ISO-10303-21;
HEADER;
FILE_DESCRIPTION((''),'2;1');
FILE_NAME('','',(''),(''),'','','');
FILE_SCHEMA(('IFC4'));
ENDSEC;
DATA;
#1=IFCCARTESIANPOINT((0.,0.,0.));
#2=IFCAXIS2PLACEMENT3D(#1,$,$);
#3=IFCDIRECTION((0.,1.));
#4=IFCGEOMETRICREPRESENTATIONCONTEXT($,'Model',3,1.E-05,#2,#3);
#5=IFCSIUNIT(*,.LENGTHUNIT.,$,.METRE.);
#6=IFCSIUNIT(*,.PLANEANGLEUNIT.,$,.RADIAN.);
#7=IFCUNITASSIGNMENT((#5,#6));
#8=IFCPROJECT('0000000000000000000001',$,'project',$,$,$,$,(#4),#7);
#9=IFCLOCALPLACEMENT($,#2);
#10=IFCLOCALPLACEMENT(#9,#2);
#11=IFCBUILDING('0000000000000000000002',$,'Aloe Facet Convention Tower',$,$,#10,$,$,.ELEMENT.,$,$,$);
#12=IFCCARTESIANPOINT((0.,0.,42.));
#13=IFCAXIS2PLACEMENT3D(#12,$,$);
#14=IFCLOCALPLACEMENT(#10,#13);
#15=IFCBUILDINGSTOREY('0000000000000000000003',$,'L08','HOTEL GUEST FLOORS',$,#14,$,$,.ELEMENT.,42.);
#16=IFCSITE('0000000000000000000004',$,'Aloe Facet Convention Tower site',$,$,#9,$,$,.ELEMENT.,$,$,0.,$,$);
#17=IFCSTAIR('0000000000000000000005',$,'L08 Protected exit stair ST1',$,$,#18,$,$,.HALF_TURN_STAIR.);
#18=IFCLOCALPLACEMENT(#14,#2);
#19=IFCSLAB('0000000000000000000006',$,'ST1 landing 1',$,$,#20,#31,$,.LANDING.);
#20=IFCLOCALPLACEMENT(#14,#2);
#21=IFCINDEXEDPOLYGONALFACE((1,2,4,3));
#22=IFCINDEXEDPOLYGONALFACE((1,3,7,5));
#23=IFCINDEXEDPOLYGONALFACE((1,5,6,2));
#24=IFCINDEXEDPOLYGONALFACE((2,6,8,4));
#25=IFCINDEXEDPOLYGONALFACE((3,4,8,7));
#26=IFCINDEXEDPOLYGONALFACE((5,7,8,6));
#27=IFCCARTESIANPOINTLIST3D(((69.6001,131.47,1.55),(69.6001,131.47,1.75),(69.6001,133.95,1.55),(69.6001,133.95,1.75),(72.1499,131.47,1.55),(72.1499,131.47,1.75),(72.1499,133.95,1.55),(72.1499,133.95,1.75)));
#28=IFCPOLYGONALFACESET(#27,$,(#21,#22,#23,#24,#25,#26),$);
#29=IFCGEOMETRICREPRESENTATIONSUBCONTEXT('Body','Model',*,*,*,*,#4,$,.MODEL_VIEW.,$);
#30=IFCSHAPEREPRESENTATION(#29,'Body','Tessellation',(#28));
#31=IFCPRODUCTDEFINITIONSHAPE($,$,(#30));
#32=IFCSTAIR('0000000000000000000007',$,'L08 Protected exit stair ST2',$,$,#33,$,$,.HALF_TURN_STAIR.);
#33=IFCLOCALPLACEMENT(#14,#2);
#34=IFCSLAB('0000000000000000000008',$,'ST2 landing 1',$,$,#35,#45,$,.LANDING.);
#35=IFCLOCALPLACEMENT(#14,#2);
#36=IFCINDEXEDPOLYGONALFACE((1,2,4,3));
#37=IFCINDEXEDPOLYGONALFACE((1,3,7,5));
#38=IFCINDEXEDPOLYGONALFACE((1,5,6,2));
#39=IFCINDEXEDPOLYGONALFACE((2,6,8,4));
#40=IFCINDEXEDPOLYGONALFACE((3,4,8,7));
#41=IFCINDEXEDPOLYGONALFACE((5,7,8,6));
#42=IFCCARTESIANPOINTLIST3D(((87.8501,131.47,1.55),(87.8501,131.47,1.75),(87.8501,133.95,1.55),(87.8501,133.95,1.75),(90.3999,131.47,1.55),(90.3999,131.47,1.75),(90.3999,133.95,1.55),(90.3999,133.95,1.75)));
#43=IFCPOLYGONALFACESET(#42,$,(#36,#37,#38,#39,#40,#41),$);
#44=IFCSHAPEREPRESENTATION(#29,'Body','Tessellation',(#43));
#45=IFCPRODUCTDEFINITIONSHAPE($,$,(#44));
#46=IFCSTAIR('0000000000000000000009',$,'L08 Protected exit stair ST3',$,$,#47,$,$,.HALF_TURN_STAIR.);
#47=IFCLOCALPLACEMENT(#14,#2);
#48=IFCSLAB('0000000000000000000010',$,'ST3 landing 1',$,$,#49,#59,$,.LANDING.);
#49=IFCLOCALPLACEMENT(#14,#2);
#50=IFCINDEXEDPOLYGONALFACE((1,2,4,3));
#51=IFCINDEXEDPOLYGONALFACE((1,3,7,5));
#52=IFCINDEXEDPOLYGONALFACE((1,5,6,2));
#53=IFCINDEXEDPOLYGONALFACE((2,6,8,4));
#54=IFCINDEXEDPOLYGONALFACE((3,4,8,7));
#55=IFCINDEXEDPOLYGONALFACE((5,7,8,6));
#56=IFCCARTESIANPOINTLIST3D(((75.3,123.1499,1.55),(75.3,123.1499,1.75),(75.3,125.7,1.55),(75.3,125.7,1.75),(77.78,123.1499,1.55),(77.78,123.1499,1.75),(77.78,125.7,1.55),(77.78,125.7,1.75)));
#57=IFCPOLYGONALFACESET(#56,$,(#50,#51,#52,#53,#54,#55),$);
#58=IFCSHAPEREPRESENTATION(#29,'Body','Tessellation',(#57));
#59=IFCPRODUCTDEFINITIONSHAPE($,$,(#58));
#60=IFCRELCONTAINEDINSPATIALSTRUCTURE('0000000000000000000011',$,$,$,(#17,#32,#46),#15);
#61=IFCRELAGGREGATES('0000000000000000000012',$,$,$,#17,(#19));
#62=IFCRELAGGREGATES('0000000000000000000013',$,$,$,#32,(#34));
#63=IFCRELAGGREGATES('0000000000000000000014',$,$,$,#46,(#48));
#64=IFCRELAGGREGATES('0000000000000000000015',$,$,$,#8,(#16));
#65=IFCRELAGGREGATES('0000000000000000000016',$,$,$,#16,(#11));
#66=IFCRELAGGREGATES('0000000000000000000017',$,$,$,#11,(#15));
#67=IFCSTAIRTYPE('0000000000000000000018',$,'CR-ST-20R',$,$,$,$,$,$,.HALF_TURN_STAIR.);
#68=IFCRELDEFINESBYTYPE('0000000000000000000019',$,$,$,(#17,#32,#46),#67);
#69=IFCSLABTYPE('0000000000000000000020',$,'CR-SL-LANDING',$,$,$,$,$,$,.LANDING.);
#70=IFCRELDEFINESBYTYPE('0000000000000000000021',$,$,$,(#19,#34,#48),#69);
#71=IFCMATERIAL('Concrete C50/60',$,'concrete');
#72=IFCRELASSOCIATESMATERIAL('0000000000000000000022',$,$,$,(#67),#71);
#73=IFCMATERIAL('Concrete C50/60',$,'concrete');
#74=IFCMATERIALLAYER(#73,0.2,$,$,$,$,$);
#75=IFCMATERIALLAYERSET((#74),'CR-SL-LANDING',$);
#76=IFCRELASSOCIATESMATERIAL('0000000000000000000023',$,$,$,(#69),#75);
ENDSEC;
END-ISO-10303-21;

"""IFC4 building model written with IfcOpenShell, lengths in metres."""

from ifc_helpers import new_model, si_unit, direction, frame, origin, place, context, subcontext, project, spatial, polyline, outline, extrude, material, layer, layer_set, type_object, element, aggregate, save


model = new_model("IFC4")

# Units and contexts
model_context = context("Model", 3, precision=1e-05, world=origin(), true_north=direction((0.0, 1.0)))
body_context = subcontext(model_context, "Body", "Model", "MODEL_VIEW")
ifc_project = project(units=[si_unit("LENGTHUNIT", "METRE"), si_unit("PLANEANGLEUNIT", "RADIAN")], contexts=[model_context])

# Site, building, storey
site_placement = place(None, origin())
site = spatial("IfcSite", under=ifc_project, at=site_placement, Name="Aloe Facet Convention Tower site", CompositionType="ELEMENT", RefElevation=0.0)
building_placement = place(site_placement, origin())
building = spatial("IfcBuilding", under=site, at=building_placement, Name="Aloe Facet Convention Tower", CompositionType="ELEMENT")
storey_placement = place(building_placement, frame((0.0, 0.0, 42.0)))
storey = spatial("IfcBuildingStorey", under=building, at=storey_placement, Name="L08", Description="HOTEL GUEST FLOORS", CompositionType="ELEMENT", Elevation=42.0)

# Stairs, slabs
ifc_material_1 = material(Name="Concrete C50/60", Category="concrete")
stair_type = type_object("IfcStairType", Name="CR-ST-20R", PredefinedType="HALF_TURN_STAIR", material=ifc_material_1)
stair_1_placement = place(storey_placement, origin())
stair_1 = element("IfcStair", 1, at=stair_1_placement, inside=storey, type_object=stair_type, Name="L08 Protected exit stair ST1", PredefinedType="HALF_TURN_STAIR")
ifc_material_2 = material(Name="Concrete C50/60", Category="concrete")
ifc_layer_1 = layer(ifc_material_2, 0.2)
ifc_layer_set_1 = layer_set([ifc_layer_1], Name="CR-SL-LANDING")
slab_type_1 = type_object("IfcSlabType", Name="CR-SL-LANDING", PredefinedType="LANDING", material=ifc_layer_set_1)
slab_1_placement = place(storey_placement, frame((0.0, 0.0, 1.55)))
slab_1 = element("IfcSlab", 2, at=slab_1_placement, type_object=slab_type_1, Name="ST1 landing 1", PredefinedType="LANDING", context=body_context, shape_type="SweptSolid", body=[
    extrude(outline(polyline([(72.1499, 131.47), (72.1499, 133.95), (69.6001, 133.95), (69.6001, 131.47), (72.1499, 131.47)])), origin(), (0.0, 0.0, 1.0), 0.2),
])
aggregate(stair_1, [slab_1])
stair_2_placement = place(storey_placement, origin())
stair_2 = element("IfcStair", 3, at=stair_2_placement, inside=storey, type_object=stair_type, Name="L08 Protected exit stair ST2", PredefinedType="HALF_TURN_STAIR")
slab_2_placement = place(storey_placement, frame((0.0, 0.0, 1.55)))
slab_2 = element("IfcSlab", 4, at=slab_2_placement, type_object=slab_type_1, Name="ST2 landing 1", PredefinedType="LANDING", context=body_context, shape_type="SweptSolid", body=[
    extrude(outline(polyline([(90.3999, 131.47), (90.3999, 133.95), (87.8501, 133.95), (87.8501, 131.47), (90.3999, 131.47)])), origin(), (0.0, 0.0, 1.0), 0.2),
])
aggregate(stair_2, [slab_2])
stair_3_placement = place(storey_placement, origin())
stair_3 = element("IfcStair", 5, at=stair_3_placement, inside=storey, type_object=stair_type, Name="L08 Protected exit stair ST3", PredefinedType="HALF_TURN_STAIR")
slab_3_placement = place(storey_placement, frame((0.0, 0.0, 1.55)))
slab_3 = element("IfcSlab", 6, at=slab_3_placement, type_object=slab_type_1, Name="ST3 landing 1", PredefinedType="LANDING", context=body_context, shape_type="SweptSolid", body=[
    extrude(outline(polyline([(77.78, 125.7), (75.3, 125.7), (75.3, 123.1499), (77.78, 123.1499), (77.78, 125.7)])), origin(), (0.0, 0.0, 1.0), 0.2),
])
aggregate(stair_3, [slab_3])

save(model, "model.ifc")
